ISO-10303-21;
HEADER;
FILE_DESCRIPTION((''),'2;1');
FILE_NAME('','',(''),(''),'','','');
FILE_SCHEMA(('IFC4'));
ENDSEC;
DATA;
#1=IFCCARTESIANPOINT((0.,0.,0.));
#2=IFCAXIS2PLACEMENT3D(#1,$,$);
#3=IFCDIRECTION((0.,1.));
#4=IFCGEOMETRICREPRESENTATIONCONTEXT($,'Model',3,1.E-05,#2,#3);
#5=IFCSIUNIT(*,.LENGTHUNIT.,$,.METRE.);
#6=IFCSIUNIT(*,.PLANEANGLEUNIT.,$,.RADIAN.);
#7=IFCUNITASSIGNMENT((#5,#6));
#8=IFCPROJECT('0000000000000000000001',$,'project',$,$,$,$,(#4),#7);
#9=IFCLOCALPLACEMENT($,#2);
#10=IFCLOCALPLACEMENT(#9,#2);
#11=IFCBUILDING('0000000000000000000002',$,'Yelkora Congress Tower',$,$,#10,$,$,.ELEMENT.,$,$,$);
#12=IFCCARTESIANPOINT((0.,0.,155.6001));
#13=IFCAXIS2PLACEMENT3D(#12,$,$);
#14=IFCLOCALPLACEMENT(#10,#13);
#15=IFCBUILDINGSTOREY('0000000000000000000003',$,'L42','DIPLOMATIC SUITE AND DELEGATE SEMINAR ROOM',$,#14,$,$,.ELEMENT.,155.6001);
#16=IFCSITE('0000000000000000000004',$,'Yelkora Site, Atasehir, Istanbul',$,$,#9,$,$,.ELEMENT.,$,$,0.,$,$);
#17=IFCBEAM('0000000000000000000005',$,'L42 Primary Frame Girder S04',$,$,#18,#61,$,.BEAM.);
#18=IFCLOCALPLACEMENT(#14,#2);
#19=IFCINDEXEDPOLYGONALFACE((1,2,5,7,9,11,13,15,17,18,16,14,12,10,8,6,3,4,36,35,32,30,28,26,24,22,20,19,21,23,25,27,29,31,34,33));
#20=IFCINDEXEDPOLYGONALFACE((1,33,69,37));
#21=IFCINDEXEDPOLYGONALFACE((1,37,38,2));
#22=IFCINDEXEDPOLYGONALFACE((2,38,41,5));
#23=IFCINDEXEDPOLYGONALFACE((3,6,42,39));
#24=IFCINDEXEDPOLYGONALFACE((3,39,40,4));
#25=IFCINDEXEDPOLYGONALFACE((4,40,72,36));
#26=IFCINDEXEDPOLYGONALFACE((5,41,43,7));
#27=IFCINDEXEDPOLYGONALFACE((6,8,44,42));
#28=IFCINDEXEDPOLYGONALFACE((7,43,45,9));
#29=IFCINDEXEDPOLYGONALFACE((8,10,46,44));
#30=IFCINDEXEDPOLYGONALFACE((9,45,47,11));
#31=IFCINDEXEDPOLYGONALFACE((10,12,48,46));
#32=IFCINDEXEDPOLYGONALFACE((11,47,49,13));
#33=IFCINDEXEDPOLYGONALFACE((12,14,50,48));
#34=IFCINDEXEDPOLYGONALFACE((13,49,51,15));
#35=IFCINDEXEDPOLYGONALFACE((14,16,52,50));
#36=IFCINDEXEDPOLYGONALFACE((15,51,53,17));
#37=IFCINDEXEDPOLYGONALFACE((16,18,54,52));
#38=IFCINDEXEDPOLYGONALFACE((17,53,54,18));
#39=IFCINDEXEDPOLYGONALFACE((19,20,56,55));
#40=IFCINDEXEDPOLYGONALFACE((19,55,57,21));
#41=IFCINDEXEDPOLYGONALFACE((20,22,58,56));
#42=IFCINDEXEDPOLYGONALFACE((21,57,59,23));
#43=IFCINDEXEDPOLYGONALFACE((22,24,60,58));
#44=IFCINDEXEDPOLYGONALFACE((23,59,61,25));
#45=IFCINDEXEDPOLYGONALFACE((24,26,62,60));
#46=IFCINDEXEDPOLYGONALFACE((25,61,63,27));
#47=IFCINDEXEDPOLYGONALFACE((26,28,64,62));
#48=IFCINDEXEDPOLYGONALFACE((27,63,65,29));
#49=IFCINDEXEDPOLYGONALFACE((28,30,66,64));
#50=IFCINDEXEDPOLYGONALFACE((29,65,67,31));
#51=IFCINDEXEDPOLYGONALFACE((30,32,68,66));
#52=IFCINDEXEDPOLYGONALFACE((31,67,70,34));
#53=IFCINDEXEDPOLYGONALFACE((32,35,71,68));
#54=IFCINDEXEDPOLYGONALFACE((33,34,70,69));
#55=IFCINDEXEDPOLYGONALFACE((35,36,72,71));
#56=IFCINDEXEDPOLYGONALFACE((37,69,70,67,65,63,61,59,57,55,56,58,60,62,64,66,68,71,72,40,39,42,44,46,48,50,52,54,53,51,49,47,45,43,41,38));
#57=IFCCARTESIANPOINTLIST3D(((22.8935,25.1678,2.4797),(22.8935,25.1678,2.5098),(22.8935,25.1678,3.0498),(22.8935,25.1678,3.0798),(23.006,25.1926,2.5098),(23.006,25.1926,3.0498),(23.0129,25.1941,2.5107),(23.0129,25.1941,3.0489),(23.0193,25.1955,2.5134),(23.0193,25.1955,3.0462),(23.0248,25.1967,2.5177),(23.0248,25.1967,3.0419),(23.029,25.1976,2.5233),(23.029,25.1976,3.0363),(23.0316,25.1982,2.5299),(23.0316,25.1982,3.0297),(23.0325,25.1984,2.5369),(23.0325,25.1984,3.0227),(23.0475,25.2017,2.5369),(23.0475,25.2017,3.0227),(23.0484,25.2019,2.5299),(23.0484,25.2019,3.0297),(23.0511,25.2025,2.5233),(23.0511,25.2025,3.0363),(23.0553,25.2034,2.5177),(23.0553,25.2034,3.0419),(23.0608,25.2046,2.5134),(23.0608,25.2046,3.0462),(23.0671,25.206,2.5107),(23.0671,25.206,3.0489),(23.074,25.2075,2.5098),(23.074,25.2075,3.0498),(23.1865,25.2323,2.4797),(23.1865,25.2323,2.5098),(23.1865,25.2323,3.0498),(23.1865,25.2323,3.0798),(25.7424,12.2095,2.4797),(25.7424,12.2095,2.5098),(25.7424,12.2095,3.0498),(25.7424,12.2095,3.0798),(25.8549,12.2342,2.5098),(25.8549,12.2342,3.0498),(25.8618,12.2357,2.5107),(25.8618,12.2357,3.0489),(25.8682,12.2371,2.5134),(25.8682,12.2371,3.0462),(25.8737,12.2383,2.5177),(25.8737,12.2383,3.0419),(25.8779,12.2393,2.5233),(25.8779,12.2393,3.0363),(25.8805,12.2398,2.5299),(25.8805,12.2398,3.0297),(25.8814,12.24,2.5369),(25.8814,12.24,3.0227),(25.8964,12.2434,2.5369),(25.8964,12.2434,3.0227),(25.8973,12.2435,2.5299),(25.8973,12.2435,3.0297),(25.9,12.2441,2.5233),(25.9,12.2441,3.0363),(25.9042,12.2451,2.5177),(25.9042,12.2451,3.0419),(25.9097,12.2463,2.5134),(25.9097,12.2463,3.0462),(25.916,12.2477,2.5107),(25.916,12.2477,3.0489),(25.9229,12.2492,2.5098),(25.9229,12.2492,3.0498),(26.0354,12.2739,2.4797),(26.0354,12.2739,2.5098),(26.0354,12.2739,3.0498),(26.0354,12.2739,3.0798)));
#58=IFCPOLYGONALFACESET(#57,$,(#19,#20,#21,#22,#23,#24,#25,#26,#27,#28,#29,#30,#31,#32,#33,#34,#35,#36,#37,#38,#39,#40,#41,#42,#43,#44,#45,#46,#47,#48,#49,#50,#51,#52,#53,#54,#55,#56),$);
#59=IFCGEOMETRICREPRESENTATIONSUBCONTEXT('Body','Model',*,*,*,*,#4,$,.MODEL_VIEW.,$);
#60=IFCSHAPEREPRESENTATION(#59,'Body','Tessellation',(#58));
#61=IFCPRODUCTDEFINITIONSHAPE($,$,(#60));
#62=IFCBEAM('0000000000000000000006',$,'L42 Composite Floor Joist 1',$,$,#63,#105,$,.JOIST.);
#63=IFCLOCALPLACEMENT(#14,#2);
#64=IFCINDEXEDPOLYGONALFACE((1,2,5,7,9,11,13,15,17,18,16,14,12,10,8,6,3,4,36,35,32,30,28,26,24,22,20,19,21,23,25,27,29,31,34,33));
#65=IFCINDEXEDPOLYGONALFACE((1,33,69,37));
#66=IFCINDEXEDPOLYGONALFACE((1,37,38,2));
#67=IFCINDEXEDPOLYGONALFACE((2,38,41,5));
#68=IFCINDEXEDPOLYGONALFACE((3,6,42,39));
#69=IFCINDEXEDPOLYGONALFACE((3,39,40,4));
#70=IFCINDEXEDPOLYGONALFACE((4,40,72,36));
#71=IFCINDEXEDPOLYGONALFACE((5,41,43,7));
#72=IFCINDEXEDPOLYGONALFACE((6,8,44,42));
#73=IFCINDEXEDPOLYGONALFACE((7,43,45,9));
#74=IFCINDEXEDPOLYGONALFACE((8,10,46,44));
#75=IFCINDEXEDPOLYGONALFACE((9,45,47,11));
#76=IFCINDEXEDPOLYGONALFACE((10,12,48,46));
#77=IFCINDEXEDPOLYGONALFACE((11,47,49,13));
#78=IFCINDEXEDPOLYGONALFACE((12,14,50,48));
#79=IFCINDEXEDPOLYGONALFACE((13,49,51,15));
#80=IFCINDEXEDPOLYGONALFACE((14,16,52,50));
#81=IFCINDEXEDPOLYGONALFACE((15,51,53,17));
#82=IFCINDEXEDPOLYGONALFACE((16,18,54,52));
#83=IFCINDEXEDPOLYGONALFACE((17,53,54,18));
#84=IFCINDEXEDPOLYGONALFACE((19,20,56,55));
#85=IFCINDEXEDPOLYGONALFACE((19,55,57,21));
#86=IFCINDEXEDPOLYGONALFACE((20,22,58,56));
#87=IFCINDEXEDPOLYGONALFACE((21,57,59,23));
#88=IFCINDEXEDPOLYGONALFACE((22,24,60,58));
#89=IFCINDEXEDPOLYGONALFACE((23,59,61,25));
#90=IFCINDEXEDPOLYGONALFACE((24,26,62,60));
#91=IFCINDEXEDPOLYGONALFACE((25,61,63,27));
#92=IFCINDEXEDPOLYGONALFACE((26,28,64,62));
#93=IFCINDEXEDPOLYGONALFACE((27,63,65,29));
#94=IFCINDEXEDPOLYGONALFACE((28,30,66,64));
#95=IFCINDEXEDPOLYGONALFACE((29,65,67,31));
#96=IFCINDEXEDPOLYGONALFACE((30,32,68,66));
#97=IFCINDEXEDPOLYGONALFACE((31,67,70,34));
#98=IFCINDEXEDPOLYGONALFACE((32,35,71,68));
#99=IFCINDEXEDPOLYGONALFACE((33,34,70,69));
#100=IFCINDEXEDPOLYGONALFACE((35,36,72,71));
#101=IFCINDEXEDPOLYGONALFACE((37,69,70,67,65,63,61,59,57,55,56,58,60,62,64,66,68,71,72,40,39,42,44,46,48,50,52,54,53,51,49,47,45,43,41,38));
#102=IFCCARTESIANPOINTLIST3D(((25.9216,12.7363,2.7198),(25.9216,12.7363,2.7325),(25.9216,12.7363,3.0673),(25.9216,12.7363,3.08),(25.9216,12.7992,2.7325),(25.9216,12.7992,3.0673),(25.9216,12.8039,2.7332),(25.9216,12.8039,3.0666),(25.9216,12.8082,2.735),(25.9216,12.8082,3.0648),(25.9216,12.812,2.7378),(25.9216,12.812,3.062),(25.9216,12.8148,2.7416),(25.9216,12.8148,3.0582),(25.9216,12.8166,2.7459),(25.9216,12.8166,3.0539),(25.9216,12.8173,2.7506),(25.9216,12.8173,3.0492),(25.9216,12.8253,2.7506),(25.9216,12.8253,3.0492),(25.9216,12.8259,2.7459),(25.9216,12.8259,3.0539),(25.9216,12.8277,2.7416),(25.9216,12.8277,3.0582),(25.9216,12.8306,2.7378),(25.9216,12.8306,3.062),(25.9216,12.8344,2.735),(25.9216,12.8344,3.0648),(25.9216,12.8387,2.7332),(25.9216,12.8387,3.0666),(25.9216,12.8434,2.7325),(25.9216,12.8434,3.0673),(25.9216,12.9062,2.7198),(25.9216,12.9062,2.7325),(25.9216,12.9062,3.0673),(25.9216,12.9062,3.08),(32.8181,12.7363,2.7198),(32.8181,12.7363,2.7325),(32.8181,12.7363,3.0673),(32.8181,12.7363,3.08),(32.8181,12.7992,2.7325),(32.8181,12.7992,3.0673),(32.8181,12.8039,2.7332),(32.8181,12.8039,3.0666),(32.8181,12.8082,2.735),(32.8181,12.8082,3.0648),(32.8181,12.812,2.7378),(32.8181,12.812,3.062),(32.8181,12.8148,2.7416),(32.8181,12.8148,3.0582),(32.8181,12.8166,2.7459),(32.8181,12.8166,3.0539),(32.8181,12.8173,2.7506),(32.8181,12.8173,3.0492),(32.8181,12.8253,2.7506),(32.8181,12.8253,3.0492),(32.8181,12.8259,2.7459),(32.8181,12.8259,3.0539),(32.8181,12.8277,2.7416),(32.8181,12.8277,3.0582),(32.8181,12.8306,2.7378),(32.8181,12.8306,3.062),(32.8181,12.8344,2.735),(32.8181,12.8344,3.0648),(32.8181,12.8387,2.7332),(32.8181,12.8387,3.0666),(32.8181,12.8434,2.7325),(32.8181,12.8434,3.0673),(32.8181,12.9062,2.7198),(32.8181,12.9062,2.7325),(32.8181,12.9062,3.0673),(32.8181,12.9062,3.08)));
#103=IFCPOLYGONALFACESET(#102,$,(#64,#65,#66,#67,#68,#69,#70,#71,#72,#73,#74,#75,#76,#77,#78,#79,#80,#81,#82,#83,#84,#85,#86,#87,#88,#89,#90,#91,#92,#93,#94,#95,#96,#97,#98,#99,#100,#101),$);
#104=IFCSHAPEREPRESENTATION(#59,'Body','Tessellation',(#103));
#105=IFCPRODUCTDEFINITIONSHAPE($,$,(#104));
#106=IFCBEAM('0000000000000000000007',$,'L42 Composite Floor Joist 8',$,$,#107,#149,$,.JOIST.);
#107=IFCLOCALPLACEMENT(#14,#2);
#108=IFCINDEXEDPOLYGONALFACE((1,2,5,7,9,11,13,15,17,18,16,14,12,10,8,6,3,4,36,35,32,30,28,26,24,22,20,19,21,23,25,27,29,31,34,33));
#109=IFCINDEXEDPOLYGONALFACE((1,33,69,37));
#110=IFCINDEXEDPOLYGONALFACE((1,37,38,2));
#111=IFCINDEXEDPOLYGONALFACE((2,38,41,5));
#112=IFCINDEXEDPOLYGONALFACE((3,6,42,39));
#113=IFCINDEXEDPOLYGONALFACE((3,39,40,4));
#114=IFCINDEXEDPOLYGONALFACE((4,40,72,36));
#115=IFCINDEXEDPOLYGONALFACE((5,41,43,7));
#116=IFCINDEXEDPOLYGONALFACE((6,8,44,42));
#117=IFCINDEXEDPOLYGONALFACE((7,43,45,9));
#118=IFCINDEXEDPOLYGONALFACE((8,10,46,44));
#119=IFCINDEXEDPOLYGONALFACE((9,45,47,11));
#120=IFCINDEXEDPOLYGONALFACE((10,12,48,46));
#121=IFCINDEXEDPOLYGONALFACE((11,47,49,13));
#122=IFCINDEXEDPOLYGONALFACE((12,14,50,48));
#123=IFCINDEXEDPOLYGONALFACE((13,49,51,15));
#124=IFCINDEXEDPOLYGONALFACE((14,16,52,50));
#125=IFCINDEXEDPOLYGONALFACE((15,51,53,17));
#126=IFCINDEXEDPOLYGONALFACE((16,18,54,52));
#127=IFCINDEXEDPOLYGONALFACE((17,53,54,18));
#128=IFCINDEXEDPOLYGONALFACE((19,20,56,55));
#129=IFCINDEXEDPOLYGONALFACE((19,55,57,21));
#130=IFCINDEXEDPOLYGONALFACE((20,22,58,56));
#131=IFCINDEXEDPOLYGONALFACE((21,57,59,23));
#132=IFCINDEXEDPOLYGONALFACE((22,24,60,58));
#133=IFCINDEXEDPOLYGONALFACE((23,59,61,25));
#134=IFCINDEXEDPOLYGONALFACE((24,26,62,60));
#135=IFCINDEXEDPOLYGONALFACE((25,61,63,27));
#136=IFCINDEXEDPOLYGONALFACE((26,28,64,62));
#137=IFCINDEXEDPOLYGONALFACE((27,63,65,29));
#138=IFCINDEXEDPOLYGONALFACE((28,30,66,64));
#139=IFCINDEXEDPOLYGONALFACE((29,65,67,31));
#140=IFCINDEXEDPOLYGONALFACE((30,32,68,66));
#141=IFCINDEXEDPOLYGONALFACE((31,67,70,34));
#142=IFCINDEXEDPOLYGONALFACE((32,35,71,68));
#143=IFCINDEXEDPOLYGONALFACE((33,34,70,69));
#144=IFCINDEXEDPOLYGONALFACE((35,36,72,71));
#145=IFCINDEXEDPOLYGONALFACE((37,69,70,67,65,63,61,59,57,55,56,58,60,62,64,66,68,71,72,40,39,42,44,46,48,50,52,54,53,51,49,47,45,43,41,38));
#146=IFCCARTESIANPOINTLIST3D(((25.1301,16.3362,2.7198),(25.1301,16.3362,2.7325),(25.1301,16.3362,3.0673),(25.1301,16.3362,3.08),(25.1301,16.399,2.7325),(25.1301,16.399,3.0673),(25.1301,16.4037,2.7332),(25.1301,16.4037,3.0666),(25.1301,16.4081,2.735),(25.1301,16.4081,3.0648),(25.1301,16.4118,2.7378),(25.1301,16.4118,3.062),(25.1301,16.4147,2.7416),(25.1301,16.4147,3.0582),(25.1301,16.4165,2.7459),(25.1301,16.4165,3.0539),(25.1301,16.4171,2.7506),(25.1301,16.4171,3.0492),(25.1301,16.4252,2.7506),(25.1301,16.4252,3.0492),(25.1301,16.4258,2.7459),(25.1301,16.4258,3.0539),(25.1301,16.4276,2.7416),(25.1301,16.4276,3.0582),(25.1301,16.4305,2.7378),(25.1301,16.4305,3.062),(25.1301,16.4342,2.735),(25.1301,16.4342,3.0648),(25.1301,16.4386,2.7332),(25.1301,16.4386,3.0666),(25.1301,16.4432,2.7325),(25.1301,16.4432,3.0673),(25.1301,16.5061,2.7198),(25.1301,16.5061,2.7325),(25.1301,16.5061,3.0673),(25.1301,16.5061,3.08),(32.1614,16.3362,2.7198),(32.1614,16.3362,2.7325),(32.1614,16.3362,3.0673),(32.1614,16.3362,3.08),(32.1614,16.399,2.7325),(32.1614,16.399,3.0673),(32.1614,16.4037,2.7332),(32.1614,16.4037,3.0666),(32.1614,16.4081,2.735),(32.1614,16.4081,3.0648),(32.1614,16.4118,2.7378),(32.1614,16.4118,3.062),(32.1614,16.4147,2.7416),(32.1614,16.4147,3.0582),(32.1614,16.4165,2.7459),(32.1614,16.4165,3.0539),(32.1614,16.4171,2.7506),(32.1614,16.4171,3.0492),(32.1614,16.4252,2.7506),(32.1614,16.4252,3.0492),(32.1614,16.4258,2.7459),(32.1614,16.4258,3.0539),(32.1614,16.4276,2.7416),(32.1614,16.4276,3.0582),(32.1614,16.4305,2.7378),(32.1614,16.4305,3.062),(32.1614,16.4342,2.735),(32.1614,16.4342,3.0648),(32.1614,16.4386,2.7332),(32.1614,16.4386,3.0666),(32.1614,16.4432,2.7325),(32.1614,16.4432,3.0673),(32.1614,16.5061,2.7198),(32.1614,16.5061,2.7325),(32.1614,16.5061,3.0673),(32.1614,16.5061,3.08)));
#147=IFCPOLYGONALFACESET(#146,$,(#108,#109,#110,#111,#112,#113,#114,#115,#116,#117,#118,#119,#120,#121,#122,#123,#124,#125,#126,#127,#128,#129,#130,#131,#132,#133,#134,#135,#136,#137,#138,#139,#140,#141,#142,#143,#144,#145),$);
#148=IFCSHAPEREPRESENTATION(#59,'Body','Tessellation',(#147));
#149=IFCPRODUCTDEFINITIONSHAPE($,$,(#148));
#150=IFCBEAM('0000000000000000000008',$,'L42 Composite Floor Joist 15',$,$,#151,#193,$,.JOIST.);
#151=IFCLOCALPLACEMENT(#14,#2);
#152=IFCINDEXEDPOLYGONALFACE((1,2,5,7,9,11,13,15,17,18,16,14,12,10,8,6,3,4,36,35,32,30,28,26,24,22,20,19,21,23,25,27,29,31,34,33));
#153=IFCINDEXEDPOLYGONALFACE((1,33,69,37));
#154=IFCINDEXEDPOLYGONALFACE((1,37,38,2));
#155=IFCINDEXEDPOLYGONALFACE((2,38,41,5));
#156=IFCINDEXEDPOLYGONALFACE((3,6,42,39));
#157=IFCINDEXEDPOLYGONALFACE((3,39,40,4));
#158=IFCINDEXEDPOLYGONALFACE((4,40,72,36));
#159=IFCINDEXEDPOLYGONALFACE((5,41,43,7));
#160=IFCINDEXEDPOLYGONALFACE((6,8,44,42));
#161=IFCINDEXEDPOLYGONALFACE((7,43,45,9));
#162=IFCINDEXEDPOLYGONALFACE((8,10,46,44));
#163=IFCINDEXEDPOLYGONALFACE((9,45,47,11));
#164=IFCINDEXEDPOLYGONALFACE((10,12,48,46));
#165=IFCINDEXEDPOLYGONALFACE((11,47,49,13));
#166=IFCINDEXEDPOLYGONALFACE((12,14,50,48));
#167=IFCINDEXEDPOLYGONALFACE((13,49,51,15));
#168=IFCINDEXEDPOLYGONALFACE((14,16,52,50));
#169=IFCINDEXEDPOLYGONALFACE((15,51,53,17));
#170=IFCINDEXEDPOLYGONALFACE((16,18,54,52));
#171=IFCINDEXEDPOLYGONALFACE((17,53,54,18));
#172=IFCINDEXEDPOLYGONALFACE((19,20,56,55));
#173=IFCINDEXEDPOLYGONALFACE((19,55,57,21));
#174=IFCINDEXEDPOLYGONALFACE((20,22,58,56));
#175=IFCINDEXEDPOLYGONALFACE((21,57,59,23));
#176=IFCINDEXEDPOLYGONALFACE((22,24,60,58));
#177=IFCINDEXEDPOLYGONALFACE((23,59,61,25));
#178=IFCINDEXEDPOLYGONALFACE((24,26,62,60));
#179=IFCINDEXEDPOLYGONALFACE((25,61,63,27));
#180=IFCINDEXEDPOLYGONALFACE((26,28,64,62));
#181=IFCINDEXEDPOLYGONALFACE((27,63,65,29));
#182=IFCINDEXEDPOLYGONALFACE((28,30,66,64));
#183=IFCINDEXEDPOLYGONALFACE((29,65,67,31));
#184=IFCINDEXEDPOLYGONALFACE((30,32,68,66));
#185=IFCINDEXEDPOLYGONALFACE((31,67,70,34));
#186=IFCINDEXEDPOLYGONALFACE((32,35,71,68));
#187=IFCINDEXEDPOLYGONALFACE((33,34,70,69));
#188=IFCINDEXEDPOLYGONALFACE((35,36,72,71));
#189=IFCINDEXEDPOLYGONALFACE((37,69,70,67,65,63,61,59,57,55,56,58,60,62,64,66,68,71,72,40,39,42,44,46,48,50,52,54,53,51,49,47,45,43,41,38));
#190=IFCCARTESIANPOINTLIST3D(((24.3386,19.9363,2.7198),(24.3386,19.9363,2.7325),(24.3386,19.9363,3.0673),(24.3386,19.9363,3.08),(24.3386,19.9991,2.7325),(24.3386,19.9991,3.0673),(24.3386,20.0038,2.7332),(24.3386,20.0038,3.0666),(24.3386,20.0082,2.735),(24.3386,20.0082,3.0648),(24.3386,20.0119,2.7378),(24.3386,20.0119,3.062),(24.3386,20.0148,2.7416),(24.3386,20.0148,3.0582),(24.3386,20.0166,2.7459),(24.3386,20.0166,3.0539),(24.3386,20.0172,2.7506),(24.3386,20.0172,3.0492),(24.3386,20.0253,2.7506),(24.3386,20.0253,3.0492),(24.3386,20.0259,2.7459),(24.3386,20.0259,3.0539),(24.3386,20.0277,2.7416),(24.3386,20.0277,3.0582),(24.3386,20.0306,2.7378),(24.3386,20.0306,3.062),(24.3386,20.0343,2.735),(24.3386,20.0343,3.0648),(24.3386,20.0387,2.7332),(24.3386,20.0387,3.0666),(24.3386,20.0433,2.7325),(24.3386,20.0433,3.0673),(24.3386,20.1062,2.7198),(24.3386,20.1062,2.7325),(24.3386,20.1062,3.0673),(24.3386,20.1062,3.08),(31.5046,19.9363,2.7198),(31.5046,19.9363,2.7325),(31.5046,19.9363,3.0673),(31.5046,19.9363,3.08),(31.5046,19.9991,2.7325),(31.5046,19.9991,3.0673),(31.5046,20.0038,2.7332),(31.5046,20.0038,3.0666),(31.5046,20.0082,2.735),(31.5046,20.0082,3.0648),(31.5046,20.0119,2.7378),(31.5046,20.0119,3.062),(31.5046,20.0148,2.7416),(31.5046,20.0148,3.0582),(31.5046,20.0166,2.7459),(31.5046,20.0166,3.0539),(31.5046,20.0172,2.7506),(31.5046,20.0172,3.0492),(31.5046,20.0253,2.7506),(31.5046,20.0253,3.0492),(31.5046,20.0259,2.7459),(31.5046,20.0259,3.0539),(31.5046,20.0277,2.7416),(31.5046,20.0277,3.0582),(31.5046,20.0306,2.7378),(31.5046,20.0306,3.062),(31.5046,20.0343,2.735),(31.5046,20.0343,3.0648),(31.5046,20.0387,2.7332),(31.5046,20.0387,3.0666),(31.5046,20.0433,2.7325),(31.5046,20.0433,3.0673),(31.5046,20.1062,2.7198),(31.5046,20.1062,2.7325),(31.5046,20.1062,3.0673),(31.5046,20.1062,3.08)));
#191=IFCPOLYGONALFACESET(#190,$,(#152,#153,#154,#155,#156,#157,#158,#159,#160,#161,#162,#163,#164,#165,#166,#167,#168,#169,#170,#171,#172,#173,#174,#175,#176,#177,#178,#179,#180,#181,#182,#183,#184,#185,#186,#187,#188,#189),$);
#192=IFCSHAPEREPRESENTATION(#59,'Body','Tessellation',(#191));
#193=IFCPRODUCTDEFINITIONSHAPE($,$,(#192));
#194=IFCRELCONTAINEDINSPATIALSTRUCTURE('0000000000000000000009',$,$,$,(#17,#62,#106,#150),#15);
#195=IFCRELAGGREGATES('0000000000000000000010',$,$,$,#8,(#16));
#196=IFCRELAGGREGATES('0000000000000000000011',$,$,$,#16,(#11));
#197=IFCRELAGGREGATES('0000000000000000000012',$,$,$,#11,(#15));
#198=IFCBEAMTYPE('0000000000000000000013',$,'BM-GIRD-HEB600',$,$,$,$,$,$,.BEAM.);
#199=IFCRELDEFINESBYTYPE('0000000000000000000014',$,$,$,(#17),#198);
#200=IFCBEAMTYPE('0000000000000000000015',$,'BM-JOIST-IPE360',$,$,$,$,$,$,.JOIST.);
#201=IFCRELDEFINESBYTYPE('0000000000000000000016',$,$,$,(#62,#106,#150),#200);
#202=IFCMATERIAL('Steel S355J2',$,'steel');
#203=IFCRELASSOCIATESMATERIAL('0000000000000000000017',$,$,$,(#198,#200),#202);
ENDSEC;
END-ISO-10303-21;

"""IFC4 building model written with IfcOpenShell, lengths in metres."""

from ifc_helpers import new_model, si_unit, direction, frame, origin, origin_2d, place, context, subcontext, project, spatial, i_section, extrude, material, material_profile, profile_set, type_object, element, save


model = new_model("IFC4")

# Units and contexts
model_context = context("Model", 3, precision=1e-05, world=origin(), true_north=direction((0.0, 1.0)))
body_context = subcontext(model_context, "Body", "Model", "MODEL_VIEW")
ifc_project = project(units=[si_unit("LENGTHUNIT", "METRE"), si_unit("PLANEANGLEUNIT", "RADIAN")], contexts=[model_context])

# Site, building, storey
site_placement = place(None, origin())
site = spatial("IfcSite", under=ifc_project, at=site_placement, Name="Yelkora Site, Atasehir, Istanbul", CompositionType="ELEMENT", RefElevation=0.0)
building_placement = place(site_placement, origin())
building = spatial("IfcBuilding", under=site, at=building_placement, Name="Yelkora Congress Tower", CompositionType="ELEMENT")
storey_placement = place(building_placement, frame((0.0, 0.0, 155.6001)))
storey = spatial("IfcBuildingStorey", under=building, at=storey_placement, Name="L42", Description="DIPLOMATIC SUITE AND DELEGATE SEMINAR ROOM", CompositionType="ELEMENT", Elevation=155.6001)

# Beams
ifc_material_1 = material(Name="Steel S355J2", Category="steel")
ifc_material_profile_1 = material_profile(ifc_material_1, i_section(OverallWidth=0.3, OverallDepth=0.6001, WebThickness=0.0154, FlangeThickness=0.03, FilletRadius=0.0271, at=origin_2d()), Name="HEB 600")
ifc_profile_set_1 = profile_set([ifc_material_profile_1], Name="Steel S355J2")
beam_type_1 = type_object("IfcBeamType", Name="BM-GIRD-HEB600", PredefinedType="BEAM", material=ifc_profile_set_1)
beam_1_placement = place(storey_placement, frame((25.8889, 12.2417, 2.7798), z_axis=(-0.214722, 0.976675, 0.0), x_axis=(-0.976675, -0.214722, 0.0)))
element("IfcBeam", 1, at=beam_1_placement, inside=storey, type_object=beam_type_1, Name="L42 Primary Frame Girder S04", PredefinedType="BEAM", context=body_context, shape_type="SweptSolid", body=[
    extrude(i_section(OverallWidth=0.3, OverallDepth=0.6001, WebThickness=0.0154, FlangeThickness=0.03, FilletRadius=0.0271, at=origin_2d()), origin(), (0.0, 0.0, 1.0), 13.2678),
])
ifc_material_profile_2 = material_profile(ifc_material_1, i_section(OverallWidth=0.1699, OverallDepth=0.3601, WebThickness=0.0081, FlangeThickness=0.0127, FilletRadius=0.0181, at=origin_2d()), Name="IPE 360")
ifc_profile_set_2 = profile_set([ifc_material_profile_2], Name="Steel S355J2")
beam_type_2 = type_object("IfcBeamType", Name="BM-JOIST-IPE360", PredefinedType="JOIST", material=ifc_profile_set_2)
beam_2_placement = place(storey_placement, frame((25.9216, 12.8213, 2.8999), z_axis=(1.0, 0.0, 0.0), x_axis=(0.0, 1.0, 0.0)))
element("IfcBeam", 2, at=beam_2_placement, inside=storey, type_object=beam_type_2, Name="L42 Composite Floor Joist 1", PredefinedType="JOIST", context=body_context, shape_type="SweptSolid", body=[
    extrude(i_section(OverallWidth=0.1699, OverallDepth=0.3601, WebThickness=0.0081, FlangeThickness=0.0127, FilletRadius=0.0181, at=origin_2d()), origin(), (0.0, 0.0, 1.0), 6.8965),
])
beam_3_placement = place(storey_placement, frame((25.1301, 16.4211, 2.8999), z_axis=(1.0, 0.0, 0.0), x_axis=(0.0, 1.0, 0.0)))
element("IfcBeam", 3, at=beam_3_placement, inside=storey, type_object=beam_type_2, Name="L42 Composite Floor Joist 8", PredefinedType="JOIST", context=body_context, shape_type="SweptSolid", body=[
    extrude(i_section(OverallWidth=0.1699, OverallDepth=0.3601, WebThickness=0.0081, FlangeThickness=0.0127, FilletRadius=0.0181, at=origin_2d()), origin(), (0.0, 0.0, 1.0), 7.0312),
])
beam_4_placement = place(storey_placement, frame((24.3386, 20.0212, 2.8999), z_axis=(1.0, 0.0, 0.0), x_axis=(0.0, 1.0, 0.0)))
element("IfcBeam", 4, at=beam_4_placement, inside=storey, type_object=beam_type_2, Name="L42 Composite Floor Joist 15", PredefinedType="JOIST", context=body_context, shape_type="SweptSolid", body=[
    extrude(i_section(OverallWidth=0.1699, OverallDepth=0.3601, WebThickness=0.0081, FlangeThickness=0.0127, FilletRadius=0.0181, at=origin_2d()), origin(), (0.0, 0.0, 1.0), 7.166),
])

save(model, "model.ifc")
